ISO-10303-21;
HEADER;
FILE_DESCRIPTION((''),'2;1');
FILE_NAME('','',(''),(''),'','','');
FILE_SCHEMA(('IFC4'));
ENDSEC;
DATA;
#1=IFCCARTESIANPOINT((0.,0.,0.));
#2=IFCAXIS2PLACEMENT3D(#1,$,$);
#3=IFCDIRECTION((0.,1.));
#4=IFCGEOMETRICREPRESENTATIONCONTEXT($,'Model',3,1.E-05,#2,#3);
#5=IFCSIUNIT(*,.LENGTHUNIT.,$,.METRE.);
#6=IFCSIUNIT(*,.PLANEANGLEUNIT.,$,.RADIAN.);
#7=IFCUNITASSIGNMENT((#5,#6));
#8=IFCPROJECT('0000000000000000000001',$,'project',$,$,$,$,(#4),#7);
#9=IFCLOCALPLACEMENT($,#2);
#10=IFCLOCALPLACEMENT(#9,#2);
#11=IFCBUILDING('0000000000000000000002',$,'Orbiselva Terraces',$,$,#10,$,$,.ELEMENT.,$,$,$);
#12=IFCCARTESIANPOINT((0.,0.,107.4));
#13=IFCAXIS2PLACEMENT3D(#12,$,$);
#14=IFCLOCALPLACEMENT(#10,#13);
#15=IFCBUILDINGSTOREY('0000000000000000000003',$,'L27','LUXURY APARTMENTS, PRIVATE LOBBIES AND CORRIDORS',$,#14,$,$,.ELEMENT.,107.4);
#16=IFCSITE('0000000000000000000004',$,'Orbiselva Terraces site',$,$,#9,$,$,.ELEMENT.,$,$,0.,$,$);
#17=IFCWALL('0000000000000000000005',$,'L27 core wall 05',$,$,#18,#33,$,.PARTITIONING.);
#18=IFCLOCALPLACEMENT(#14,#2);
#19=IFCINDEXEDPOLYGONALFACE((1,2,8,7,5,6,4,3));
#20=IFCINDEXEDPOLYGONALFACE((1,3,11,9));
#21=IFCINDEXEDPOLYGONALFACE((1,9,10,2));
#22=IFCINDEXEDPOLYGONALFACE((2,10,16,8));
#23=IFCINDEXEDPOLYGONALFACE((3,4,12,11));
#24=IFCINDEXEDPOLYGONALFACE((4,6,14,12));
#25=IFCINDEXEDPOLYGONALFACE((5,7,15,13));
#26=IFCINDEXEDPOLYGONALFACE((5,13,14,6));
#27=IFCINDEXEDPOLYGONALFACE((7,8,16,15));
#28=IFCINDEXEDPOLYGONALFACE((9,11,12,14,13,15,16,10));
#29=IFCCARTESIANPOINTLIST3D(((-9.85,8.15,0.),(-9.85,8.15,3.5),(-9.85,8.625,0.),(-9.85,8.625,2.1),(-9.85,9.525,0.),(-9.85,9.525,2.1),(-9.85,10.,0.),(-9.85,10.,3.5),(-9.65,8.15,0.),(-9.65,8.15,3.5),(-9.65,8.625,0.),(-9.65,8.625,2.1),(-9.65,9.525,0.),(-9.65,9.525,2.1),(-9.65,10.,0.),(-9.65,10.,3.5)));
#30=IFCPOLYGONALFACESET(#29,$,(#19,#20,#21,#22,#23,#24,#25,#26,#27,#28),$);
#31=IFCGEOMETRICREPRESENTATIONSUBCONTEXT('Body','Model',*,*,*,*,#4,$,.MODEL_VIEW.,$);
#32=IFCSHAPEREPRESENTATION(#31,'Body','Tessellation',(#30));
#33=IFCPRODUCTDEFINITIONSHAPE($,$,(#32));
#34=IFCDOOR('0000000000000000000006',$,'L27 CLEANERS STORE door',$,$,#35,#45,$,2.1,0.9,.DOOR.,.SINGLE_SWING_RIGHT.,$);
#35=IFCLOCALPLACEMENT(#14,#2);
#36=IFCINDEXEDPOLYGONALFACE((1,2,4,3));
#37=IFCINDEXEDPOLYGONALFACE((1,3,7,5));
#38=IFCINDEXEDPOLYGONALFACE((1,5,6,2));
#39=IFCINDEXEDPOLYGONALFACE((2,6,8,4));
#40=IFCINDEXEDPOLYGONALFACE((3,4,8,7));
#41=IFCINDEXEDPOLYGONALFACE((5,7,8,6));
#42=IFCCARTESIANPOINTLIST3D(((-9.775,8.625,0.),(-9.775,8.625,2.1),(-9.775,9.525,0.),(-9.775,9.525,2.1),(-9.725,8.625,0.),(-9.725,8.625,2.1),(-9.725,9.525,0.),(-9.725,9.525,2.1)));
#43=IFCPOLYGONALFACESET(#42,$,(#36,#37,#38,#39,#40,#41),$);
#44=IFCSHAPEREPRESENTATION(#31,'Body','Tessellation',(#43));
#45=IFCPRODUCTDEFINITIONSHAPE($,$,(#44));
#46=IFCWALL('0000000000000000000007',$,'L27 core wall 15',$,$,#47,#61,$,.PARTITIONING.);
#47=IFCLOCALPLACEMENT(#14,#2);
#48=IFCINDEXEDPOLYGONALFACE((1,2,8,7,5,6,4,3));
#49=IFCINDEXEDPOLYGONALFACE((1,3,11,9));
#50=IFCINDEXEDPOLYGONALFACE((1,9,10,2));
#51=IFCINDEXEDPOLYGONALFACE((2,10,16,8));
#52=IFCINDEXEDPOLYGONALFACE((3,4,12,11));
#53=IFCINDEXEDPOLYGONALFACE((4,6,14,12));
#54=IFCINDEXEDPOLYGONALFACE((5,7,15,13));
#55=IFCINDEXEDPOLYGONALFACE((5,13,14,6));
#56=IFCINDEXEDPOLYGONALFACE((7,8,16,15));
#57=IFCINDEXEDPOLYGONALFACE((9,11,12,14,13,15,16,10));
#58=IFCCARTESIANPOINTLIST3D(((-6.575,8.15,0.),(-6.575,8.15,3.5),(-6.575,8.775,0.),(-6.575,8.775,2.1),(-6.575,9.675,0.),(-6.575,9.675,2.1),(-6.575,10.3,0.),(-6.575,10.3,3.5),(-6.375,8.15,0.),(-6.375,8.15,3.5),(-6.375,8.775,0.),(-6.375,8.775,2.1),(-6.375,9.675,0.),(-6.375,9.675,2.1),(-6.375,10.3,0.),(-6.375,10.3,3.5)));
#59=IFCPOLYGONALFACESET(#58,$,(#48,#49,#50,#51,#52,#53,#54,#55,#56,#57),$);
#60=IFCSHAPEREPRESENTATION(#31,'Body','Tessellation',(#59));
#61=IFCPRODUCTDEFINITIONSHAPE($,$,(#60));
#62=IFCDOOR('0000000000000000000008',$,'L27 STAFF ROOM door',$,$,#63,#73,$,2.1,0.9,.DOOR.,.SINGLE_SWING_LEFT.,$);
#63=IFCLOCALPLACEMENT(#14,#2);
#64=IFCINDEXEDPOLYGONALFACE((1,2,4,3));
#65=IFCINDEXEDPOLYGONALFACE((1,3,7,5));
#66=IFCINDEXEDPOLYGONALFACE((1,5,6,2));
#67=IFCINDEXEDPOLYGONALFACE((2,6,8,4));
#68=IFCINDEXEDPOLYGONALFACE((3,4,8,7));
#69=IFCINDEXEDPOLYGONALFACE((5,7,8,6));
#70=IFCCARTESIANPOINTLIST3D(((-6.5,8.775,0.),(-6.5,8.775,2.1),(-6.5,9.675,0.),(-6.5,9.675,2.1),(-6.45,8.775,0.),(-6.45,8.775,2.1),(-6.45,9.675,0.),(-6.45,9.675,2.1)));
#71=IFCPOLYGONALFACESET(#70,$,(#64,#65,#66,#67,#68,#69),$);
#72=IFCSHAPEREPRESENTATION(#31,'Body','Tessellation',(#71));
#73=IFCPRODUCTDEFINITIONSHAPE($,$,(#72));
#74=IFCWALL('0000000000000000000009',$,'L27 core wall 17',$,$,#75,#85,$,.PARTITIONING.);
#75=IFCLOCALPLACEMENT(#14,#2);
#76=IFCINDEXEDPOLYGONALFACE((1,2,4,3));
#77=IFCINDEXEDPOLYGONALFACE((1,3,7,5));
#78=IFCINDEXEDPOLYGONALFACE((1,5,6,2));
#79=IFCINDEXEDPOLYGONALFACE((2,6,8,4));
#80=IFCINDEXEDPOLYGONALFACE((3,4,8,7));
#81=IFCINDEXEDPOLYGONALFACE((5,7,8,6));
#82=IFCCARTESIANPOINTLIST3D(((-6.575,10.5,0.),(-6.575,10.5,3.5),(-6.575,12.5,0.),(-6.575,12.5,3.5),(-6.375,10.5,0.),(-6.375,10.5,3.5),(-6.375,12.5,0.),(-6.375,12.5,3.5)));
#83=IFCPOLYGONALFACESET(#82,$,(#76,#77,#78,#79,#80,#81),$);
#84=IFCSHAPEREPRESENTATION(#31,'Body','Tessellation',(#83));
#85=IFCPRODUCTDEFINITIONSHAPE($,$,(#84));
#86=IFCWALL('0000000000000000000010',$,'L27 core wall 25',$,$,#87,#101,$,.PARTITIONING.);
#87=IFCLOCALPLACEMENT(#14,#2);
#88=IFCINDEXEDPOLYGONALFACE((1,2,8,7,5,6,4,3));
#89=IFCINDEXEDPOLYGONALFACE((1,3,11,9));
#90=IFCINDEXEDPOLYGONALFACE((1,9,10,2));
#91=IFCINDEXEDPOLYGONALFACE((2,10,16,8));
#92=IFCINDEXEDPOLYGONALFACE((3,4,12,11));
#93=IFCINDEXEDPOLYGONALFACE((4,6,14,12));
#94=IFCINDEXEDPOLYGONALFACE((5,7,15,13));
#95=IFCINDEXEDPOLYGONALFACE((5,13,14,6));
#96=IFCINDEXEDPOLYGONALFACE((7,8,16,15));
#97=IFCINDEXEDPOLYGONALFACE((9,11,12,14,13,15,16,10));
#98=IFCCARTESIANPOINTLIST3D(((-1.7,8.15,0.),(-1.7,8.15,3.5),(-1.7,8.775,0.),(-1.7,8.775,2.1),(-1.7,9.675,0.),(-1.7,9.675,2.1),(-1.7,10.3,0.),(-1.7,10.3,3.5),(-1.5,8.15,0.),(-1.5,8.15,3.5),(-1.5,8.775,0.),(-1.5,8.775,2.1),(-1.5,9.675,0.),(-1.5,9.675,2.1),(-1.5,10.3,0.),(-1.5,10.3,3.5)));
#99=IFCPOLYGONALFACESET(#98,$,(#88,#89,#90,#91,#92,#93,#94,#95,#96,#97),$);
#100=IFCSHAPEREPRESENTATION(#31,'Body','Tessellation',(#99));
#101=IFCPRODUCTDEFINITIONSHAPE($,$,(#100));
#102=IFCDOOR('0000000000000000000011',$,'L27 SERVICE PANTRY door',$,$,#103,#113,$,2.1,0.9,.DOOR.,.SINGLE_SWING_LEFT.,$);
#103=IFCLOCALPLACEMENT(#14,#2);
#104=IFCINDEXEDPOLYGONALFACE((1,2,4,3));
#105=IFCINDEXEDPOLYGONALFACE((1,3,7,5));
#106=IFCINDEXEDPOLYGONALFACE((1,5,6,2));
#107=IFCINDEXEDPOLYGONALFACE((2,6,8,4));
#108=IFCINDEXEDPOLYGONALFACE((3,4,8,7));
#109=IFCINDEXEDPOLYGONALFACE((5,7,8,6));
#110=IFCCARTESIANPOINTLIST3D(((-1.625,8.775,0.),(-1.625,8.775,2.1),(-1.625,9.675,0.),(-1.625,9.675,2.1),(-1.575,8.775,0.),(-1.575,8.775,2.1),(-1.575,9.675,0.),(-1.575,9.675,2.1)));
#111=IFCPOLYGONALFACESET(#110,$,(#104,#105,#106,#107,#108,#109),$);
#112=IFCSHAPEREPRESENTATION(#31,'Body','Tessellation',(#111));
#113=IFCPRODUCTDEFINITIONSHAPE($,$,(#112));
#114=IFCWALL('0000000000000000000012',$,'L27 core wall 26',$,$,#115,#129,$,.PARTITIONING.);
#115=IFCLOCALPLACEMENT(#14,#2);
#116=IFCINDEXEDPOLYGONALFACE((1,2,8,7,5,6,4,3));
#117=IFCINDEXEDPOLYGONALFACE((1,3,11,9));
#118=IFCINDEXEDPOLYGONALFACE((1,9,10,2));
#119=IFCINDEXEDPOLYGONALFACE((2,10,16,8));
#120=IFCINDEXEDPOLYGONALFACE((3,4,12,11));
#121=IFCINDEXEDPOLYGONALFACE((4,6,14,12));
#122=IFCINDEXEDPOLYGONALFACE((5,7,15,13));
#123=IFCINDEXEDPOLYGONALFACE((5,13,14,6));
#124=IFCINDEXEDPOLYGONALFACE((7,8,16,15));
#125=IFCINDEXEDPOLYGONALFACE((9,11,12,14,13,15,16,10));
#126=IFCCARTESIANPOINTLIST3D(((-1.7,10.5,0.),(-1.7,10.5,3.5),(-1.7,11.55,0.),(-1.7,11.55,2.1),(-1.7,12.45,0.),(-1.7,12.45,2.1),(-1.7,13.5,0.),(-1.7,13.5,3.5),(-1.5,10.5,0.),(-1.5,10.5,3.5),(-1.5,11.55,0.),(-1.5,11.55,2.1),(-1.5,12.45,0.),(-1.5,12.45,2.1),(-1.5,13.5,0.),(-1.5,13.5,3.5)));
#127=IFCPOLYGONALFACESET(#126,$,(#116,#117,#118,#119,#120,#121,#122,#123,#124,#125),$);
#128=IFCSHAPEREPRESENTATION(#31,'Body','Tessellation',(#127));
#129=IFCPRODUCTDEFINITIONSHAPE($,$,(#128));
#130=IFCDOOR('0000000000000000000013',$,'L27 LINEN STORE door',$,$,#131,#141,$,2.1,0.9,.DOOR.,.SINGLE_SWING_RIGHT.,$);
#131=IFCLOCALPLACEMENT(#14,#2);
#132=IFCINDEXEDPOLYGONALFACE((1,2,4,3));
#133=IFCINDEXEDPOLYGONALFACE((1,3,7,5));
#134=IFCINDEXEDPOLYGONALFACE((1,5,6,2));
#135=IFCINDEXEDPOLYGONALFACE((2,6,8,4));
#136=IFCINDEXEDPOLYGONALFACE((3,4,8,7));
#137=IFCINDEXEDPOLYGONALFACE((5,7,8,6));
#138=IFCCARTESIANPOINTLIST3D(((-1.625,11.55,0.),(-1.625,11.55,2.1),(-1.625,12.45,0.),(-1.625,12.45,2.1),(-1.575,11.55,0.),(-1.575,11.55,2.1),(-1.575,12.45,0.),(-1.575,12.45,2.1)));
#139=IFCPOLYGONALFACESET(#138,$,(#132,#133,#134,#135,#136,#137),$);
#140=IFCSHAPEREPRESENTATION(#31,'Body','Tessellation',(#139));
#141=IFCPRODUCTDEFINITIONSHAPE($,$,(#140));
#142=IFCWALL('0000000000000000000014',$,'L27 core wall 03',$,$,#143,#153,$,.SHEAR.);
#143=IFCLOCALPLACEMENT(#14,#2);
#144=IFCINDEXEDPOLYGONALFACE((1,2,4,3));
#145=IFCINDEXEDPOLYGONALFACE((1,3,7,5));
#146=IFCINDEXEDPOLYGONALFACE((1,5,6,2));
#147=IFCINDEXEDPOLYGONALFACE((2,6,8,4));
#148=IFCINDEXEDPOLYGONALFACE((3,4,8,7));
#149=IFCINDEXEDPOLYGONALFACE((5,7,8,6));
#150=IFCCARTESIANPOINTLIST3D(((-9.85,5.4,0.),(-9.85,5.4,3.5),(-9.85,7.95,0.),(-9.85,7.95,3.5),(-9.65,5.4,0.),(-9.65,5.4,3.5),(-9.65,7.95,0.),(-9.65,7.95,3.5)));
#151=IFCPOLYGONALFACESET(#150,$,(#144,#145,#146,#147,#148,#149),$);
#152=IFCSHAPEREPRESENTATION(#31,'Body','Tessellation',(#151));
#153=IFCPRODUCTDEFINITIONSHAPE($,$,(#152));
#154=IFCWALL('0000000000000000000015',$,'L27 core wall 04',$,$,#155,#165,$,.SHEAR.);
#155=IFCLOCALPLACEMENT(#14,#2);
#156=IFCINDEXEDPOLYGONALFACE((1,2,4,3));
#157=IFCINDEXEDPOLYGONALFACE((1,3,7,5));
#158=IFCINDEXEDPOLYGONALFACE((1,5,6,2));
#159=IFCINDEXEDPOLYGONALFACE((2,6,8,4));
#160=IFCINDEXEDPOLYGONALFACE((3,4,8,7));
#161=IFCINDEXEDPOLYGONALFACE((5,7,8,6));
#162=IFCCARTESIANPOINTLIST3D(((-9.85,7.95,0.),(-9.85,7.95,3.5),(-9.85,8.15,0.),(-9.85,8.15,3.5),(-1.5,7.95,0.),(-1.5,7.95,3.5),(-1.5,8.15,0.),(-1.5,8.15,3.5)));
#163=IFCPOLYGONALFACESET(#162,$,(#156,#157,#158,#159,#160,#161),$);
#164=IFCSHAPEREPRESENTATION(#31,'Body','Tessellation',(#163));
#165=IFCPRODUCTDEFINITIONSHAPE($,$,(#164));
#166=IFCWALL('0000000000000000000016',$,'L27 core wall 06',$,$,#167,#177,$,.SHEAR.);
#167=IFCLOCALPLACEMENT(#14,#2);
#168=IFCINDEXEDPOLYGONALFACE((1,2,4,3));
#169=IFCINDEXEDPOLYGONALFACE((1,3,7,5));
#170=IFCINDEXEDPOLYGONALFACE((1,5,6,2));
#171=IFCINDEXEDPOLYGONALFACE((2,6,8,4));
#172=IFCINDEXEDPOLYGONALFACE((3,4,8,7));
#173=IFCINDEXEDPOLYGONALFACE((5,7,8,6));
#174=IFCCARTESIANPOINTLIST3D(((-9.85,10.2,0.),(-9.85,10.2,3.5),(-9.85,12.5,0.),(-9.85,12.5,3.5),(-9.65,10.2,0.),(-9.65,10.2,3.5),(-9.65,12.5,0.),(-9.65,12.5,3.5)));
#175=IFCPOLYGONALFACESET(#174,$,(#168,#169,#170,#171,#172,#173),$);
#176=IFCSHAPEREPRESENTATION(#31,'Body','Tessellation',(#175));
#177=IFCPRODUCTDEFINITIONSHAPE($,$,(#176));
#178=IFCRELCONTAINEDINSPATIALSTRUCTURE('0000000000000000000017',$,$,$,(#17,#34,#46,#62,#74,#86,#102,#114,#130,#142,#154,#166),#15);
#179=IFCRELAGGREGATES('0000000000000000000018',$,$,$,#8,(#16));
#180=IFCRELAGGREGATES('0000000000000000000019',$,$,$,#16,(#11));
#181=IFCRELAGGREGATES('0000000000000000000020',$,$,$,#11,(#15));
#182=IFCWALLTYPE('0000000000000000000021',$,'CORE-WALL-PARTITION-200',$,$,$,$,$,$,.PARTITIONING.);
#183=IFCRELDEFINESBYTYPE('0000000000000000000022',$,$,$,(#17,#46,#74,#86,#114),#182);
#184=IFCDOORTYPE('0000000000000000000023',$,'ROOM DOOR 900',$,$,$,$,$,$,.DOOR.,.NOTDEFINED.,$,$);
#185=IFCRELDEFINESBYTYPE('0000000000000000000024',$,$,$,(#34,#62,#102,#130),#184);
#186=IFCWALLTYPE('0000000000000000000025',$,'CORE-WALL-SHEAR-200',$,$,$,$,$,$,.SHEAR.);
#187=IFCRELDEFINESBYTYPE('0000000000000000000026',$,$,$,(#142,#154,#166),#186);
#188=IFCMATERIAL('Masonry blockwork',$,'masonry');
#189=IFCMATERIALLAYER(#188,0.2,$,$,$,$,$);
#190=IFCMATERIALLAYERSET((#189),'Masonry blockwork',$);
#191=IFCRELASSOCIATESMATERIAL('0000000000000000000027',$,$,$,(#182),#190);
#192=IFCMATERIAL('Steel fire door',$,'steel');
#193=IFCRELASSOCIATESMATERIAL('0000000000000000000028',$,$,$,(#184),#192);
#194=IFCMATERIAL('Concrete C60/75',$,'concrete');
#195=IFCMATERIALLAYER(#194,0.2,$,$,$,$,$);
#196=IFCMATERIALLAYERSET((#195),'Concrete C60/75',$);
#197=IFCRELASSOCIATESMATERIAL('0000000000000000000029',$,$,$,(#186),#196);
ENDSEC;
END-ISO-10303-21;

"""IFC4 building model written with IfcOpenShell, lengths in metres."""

from ifc_helpers import new_model, si_unit, direction, frame, frame_2d, origin, place, context, subcontext, project, spatial, rectangle, extrude, material, layer, layer_set, type_object, element, fill, save


model = new_model("IFC4")

# Units and contexts
model_context = context("Model", 3, precision=1e-05, world=origin(), true_north=direction((0.0, 1.0)))
body_context = subcontext(model_context, "Body", "Model", "MODEL_VIEW")
ifc_project = project(units=[si_unit("LENGTHUNIT", "METRE"), si_unit("PLANEANGLEUNIT", "RADIAN")], contexts=[model_context])

# Site, building, storey
site_placement = place(None, origin())
site = spatial("IfcSite", under=ifc_project, at=site_placement, Name="Orbiselva Terraces site", CompositionType="ELEMENT", RefElevation=0.0)
building_placement = place(site_placement, origin())
building = spatial("IfcBuilding", under=site, at=building_placement, Name="Orbiselva Terraces", CompositionType="ELEMENT")
storey_placement = place(building_placement, frame((0.0, 0.0, 107.4)))
storey = spatial("IfcBuildingStorey", under=building, at=storey_placement, Name="L27", Description="LUXURY APARTMENTS, PRIVATE LOBBIES AND CORRIDORS", CompositionType="ELEMENT", Elevation=107.4)

# Walls, openings, doors
ifc_material_1 = material(Name="Masonry blockwork", Category="masonry")
ifc_layer_1 = layer(ifc_material_1, 0.2)
ifc_layer_set_1 = layer_set([ifc_layer_1], Name="Masonry blockwork")
wall_type_1 = type_object("IfcWallType", Name="CORE-WALL-PARTITION-200", PredefinedType="PARTITIONING", material=ifc_layer_set_1)
wall_1_placement = place(storey_placement, frame((-9.75, 8.15, 0.0), z_axis=(0.0, 0.0, 1.0), x_axis=(0.0, 1.0, 0.0)))
wall_1 = element("IfcWall", 1, at=wall_1_placement, inside=storey, type_object=wall_type_1, Name="L27 core wall 05", PredefinedType="PARTITIONING", context=body_context, shape_type="SweptSolid", body=[
    extrude(rectangle(XDim=1.85, YDim=0.2, at=frame_2d((0.925, 0.0))), origin(), (0.0, 0.0, 1.0), 3.5),
])
opening_1_placement = place(wall_1_placement, frame((0.475, 0.0, 0.0)))
opening_1 = element("IfcOpeningElement", 2, at=opening_1_placement, cuts=wall_1, PredefinedType="OPENING", context=body_context, shape_type="SweptSolid", body=[
    extrude(rectangle(XDim=0.9, YDim=2.1, at=frame_2d((0.45, 1.05))), frame((0.0, 0.11, 0.0), z_axis=(0.0, -1.0, 0.0), x_axis=(1.0, 0.0, 0.0)), (0.0, 0.0, 1.0), 0.22),
])
ifc_material_2 = material(Name="Steel fire door", Category="steel")
door_type = type_object("IfcDoorType", Name="ROOM DOOR 900", OperationType="NOTDEFINED", PredefinedType="DOOR", material=ifc_material_2)
door_1_placement = place(opening_1_placement, origin())
door_1 = element("IfcDoor", 3, at=door_1_placement, inside=storey, type_object=door_type, Name="L27 CLEANERS STORE door", OperationType="SINGLE_SWING_RIGHT", OverallHeight=2.1, OverallWidth=0.9, PredefinedType="DOOR", context=body_context, shape_type="SweptSolid", body=[
    extrude(rectangle(XDim=0.9, YDim=2.1, at=frame_2d((0.45, 1.05))), frame((0.0, 0.025, 0.0), z_axis=(0.0, -1.0, 0.0), x_axis=(1.0, 0.0, 0.0)), (0.0, 0.0, 1.0), 0.05),
])
fill(opening_1, door_1)
wall_2_placement = place(storey_placement, frame((-6.475, 8.15, 0.0), z_axis=(0.0, 0.0, 1.0), x_axis=(0.0, 1.0, 0.0)))
wall_2 = element("IfcWall", 4, at=wall_2_placement, inside=storey, type_object=wall_type_1, Name="L27 core wall 15", PredefinedType="PARTITIONING", context=body_context, shape_type="SweptSolid", body=[
    extrude(rectangle(XDim=2.15, YDim=0.2, at=frame_2d((1.075, 0.0))), origin(), (0.0, 0.0, 1.0), 3.5),
])
opening_2_placement = place(wall_2_placement, frame((0.625, 0.0, 0.0)))
opening_2 = element("IfcOpeningElement", 5, at=opening_2_placement, cuts=wall_2, PredefinedType="OPENING", context=body_context, shape_type="SweptSolid", body=[
    extrude(rectangle(XDim=0.9, YDim=2.1, at=frame_2d((0.45, 1.05))), frame((0.0, 0.11, 0.0), z_axis=(0.0, -1.0, 0.0), x_axis=(1.0, 0.0, 0.0)), (0.0, 0.0, 1.0), 0.22),
])
door_2_placement = place(opening_2_placement, origin())
door_2 = element("IfcDoor", 6, at=door_2_placement, inside=storey, type_object=door_type, Name="L27 STAFF ROOM door", OperationType="SINGLE_SWING_LEFT", OverallHeight=2.1, OverallWidth=0.9, PredefinedType="DOOR", context=body_context, shape_type="SweptSolid", body=[
    extrude(rectangle(XDim=0.9, YDim=2.1, at=frame_2d((0.45, 1.05))), frame((0.0, 0.025, 0.0), z_axis=(0.0, -1.0, 0.0), x_axis=(1.0, 0.0, 0.0)), (0.0, 0.0, 1.0), 0.05),
])
fill(opening_2, door_2)

# Wall
wall_3_placement = place(storey_placement, frame((-6.475, 10.5, 0.0), z_axis=(0.0, 0.0, 1.0), x_axis=(0.0, 1.0, 0.0)))
element("IfcWall", 7, at=wall_3_placement, inside=storey, type_object=wall_type_1, Name="L27 core wall 17", PredefinedType="PARTITIONING", context=body_context, shape_type="SweptSolid", body=[
    extrude(rectangle(XDim=2.0, YDim=0.2, at=frame_2d((1.0, 0.0))), origin(), (0.0, 0.0, 1.0), 3.5),
])

# Walls, openings, doors
wall_4_placement = place(storey_placement, frame((-1.6, 8.15, 0.0), z_axis=(0.0, 0.0, 1.0), x_axis=(0.0, 1.0, 0.0)))
wall_4 = element("IfcWall", 8, at=wall_4_placement, inside=storey, type_object=wall_type_1, Name="L27 core wall 25", PredefinedType="PARTITIONING", context=body_context, shape_type="SweptSolid", body=[
    extrude(rectangle(XDim=2.15, YDim=0.2, at=frame_2d((1.075, 0.0))), origin(), (0.0, 0.0, 1.0), 3.5),
])
opening_3_placement = place(wall_4_placement, frame((0.625, 0.0, 0.0)))
opening_3 = element("IfcOpeningElement", 9, at=opening_3_placement, cuts=wall_4, PredefinedType="OPENING", context=body_context, shape_type="SweptSolid", body=[
    extrude(rectangle(XDim=0.9, YDim=2.1, at=frame_2d((0.45, 1.05))), frame((0.0, 0.11, 0.0), z_axis=(0.0, -1.0, 0.0), x_axis=(1.0, 0.0, 0.0)), (0.0, 0.0, 1.0), 0.22),
])
door_3_placement = place(opening_3_placement, origin())
door_3 = element("IfcDoor", 10, at=door_3_placement, inside=storey, type_object=door_type, Name="L27 SERVICE PANTRY door", OperationType="SINGLE_SWING_LEFT", OverallHeight=2.1, OverallWidth=0.9, PredefinedType="DOOR", context=body_context, shape_type="SweptSolid", body=[
    extrude(rectangle(XDim=0.9, YDim=2.1, at=frame_2d((0.45, 1.05))), frame((0.0, 0.025, 0.0), z_axis=(0.0, -1.0, 0.0), x_axis=(1.0, 0.0, 0.0)), (0.0, 0.0, 1.0), 0.05),
])
fill(opening_3, door_3)
wall_5_placement = place(storey_placement, frame((-1.6, 10.5, 0.0), z_axis=(0.0, 0.0, 1.0), x_axis=(0.0, 1.0, 0.0)))
wall_5 = element("IfcWall", 11, at=wall_5_placement, inside=storey, type_object=wall_type_1, Name="L27 core wall 26", PredefinedType="PARTITIONING", context=body_context, shape_type="SweptSolid", body=[
    extrude(rectangle(XDim=3.0, YDim=0.2, at=frame_2d((1.5, 0.0))), origin(), (0.0, 0.0, 1.0), 3.5),
])
opening_4_placement = place(wall_5_placement, frame((1.05, 0.0, 0.0)))
opening_4 = element("IfcOpeningElement", 12, at=opening_4_placement, cuts=wall_5, PredefinedType="OPENING", context=body_context, shape_type="SweptSolid", body=[
    extrude(rectangle(XDim=0.9, YDim=2.1, at=frame_2d((0.45, 1.05))), frame((0.0, 0.11, 0.0), z_axis=(0.0, -1.0, 0.0), x_axis=(1.0, 0.0, 0.0)), (0.0, 0.0, 1.0), 0.22),
])
door_4_placement = place(opening_4_placement, origin())
door_4 = element("IfcDoor", 13, at=door_4_placement, inside=storey, type_object=door_type, Name="L27 LINEN STORE door", OperationType="SINGLE_SWING_RIGHT", OverallHeight=2.1, OverallWidth=0.9, PredefinedType="DOOR", context=body_context, shape_type="SweptSolid", body=[
    extrude(rectangle(XDim=0.9, YDim=2.1, at=frame_2d((0.45, 1.05))), frame((0.0, 0.025, 0.0), z_axis=(0.0, -1.0, 0.0), x_axis=(1.0, 0.0, 0.0)), (0.0, 0.0, 1.0), 0.05),
])
fill(opening_4, door_4)

# Walls
ifc_material_3 = material(Name="Concrete C60/75", Category="concrete")
ifc_layer_2 = layer(ifc_material_3, 0.2)
ifc_layer_set_2 = layer_set([ifc_layer_2], Name="Concrete C60/75")
wall_type_2 = type_object("IfcWallType", Name="CORE-WALL-SHEAR-200", PredefinedType="SHEAR", material=ifc_layer_set_2)
wall_6_placement = place(storey_placement, frame((-9.75, 5.4, 0.0), z_axis=(0.0, 0.0, 1.0), x_axis=(0.0, 1.0, 0.0)))
element("IfcWall", 14, at=wall_6_placement, inside=storey, type_object=wall_type_2, Name="L27 core wall 03", PredefinedType="SHEAR", context=body_context, shape_type="SweptSolid", body=[
    extrude(rectangle(XDim=2.55, YDim=0.2, at=frame_2d((1.275, 0.0))), origin(), (0.0, 0.0, 1.0), 3.5),
])
wall_7_placement = place(storey_placement, frame((-9.85, 8.05, 0.0), z_axis=(0.0, 0.0, 1.0), x_axis=(1.0, 0.0, 0.0)))
element("IfcWall", 15, at=wall_7_placement, inside=storey, type_object=wall_type_2, Name="L27 core wall 04", PredefinedType="SHEAR", context=body_context, shape_type="SweptSolid", body=[
    extrude(rectangle(XDim=8.35, YDim=0.2, at=frame_2d((4.175, 0.0))), origin(), (0.0, 0.0, 1.0), 3.5),
])
wall_8_placement = place(storey_placement, frame((-9.75, 10.2, 0.0), z_axis=(0.0, 0.0, 1.0), x_axis=(0.0, 1.0, 0.0)))
element("IfcWall", 16, at=wall_8_placement, inside=storey, type_object=wall_type_2, Name="L27 core wall 06", PredefinedType="SHEAR", context=body_context, shape_type="SweptSolid", body=[
    extrude(rectangle(XDim=2.3, YDim=0.2, at=frame_2d((1.15, 0.0))), origin(), (0.0, 0.0, 1.0), 3.5),
])

save(model, "model.ifc")
